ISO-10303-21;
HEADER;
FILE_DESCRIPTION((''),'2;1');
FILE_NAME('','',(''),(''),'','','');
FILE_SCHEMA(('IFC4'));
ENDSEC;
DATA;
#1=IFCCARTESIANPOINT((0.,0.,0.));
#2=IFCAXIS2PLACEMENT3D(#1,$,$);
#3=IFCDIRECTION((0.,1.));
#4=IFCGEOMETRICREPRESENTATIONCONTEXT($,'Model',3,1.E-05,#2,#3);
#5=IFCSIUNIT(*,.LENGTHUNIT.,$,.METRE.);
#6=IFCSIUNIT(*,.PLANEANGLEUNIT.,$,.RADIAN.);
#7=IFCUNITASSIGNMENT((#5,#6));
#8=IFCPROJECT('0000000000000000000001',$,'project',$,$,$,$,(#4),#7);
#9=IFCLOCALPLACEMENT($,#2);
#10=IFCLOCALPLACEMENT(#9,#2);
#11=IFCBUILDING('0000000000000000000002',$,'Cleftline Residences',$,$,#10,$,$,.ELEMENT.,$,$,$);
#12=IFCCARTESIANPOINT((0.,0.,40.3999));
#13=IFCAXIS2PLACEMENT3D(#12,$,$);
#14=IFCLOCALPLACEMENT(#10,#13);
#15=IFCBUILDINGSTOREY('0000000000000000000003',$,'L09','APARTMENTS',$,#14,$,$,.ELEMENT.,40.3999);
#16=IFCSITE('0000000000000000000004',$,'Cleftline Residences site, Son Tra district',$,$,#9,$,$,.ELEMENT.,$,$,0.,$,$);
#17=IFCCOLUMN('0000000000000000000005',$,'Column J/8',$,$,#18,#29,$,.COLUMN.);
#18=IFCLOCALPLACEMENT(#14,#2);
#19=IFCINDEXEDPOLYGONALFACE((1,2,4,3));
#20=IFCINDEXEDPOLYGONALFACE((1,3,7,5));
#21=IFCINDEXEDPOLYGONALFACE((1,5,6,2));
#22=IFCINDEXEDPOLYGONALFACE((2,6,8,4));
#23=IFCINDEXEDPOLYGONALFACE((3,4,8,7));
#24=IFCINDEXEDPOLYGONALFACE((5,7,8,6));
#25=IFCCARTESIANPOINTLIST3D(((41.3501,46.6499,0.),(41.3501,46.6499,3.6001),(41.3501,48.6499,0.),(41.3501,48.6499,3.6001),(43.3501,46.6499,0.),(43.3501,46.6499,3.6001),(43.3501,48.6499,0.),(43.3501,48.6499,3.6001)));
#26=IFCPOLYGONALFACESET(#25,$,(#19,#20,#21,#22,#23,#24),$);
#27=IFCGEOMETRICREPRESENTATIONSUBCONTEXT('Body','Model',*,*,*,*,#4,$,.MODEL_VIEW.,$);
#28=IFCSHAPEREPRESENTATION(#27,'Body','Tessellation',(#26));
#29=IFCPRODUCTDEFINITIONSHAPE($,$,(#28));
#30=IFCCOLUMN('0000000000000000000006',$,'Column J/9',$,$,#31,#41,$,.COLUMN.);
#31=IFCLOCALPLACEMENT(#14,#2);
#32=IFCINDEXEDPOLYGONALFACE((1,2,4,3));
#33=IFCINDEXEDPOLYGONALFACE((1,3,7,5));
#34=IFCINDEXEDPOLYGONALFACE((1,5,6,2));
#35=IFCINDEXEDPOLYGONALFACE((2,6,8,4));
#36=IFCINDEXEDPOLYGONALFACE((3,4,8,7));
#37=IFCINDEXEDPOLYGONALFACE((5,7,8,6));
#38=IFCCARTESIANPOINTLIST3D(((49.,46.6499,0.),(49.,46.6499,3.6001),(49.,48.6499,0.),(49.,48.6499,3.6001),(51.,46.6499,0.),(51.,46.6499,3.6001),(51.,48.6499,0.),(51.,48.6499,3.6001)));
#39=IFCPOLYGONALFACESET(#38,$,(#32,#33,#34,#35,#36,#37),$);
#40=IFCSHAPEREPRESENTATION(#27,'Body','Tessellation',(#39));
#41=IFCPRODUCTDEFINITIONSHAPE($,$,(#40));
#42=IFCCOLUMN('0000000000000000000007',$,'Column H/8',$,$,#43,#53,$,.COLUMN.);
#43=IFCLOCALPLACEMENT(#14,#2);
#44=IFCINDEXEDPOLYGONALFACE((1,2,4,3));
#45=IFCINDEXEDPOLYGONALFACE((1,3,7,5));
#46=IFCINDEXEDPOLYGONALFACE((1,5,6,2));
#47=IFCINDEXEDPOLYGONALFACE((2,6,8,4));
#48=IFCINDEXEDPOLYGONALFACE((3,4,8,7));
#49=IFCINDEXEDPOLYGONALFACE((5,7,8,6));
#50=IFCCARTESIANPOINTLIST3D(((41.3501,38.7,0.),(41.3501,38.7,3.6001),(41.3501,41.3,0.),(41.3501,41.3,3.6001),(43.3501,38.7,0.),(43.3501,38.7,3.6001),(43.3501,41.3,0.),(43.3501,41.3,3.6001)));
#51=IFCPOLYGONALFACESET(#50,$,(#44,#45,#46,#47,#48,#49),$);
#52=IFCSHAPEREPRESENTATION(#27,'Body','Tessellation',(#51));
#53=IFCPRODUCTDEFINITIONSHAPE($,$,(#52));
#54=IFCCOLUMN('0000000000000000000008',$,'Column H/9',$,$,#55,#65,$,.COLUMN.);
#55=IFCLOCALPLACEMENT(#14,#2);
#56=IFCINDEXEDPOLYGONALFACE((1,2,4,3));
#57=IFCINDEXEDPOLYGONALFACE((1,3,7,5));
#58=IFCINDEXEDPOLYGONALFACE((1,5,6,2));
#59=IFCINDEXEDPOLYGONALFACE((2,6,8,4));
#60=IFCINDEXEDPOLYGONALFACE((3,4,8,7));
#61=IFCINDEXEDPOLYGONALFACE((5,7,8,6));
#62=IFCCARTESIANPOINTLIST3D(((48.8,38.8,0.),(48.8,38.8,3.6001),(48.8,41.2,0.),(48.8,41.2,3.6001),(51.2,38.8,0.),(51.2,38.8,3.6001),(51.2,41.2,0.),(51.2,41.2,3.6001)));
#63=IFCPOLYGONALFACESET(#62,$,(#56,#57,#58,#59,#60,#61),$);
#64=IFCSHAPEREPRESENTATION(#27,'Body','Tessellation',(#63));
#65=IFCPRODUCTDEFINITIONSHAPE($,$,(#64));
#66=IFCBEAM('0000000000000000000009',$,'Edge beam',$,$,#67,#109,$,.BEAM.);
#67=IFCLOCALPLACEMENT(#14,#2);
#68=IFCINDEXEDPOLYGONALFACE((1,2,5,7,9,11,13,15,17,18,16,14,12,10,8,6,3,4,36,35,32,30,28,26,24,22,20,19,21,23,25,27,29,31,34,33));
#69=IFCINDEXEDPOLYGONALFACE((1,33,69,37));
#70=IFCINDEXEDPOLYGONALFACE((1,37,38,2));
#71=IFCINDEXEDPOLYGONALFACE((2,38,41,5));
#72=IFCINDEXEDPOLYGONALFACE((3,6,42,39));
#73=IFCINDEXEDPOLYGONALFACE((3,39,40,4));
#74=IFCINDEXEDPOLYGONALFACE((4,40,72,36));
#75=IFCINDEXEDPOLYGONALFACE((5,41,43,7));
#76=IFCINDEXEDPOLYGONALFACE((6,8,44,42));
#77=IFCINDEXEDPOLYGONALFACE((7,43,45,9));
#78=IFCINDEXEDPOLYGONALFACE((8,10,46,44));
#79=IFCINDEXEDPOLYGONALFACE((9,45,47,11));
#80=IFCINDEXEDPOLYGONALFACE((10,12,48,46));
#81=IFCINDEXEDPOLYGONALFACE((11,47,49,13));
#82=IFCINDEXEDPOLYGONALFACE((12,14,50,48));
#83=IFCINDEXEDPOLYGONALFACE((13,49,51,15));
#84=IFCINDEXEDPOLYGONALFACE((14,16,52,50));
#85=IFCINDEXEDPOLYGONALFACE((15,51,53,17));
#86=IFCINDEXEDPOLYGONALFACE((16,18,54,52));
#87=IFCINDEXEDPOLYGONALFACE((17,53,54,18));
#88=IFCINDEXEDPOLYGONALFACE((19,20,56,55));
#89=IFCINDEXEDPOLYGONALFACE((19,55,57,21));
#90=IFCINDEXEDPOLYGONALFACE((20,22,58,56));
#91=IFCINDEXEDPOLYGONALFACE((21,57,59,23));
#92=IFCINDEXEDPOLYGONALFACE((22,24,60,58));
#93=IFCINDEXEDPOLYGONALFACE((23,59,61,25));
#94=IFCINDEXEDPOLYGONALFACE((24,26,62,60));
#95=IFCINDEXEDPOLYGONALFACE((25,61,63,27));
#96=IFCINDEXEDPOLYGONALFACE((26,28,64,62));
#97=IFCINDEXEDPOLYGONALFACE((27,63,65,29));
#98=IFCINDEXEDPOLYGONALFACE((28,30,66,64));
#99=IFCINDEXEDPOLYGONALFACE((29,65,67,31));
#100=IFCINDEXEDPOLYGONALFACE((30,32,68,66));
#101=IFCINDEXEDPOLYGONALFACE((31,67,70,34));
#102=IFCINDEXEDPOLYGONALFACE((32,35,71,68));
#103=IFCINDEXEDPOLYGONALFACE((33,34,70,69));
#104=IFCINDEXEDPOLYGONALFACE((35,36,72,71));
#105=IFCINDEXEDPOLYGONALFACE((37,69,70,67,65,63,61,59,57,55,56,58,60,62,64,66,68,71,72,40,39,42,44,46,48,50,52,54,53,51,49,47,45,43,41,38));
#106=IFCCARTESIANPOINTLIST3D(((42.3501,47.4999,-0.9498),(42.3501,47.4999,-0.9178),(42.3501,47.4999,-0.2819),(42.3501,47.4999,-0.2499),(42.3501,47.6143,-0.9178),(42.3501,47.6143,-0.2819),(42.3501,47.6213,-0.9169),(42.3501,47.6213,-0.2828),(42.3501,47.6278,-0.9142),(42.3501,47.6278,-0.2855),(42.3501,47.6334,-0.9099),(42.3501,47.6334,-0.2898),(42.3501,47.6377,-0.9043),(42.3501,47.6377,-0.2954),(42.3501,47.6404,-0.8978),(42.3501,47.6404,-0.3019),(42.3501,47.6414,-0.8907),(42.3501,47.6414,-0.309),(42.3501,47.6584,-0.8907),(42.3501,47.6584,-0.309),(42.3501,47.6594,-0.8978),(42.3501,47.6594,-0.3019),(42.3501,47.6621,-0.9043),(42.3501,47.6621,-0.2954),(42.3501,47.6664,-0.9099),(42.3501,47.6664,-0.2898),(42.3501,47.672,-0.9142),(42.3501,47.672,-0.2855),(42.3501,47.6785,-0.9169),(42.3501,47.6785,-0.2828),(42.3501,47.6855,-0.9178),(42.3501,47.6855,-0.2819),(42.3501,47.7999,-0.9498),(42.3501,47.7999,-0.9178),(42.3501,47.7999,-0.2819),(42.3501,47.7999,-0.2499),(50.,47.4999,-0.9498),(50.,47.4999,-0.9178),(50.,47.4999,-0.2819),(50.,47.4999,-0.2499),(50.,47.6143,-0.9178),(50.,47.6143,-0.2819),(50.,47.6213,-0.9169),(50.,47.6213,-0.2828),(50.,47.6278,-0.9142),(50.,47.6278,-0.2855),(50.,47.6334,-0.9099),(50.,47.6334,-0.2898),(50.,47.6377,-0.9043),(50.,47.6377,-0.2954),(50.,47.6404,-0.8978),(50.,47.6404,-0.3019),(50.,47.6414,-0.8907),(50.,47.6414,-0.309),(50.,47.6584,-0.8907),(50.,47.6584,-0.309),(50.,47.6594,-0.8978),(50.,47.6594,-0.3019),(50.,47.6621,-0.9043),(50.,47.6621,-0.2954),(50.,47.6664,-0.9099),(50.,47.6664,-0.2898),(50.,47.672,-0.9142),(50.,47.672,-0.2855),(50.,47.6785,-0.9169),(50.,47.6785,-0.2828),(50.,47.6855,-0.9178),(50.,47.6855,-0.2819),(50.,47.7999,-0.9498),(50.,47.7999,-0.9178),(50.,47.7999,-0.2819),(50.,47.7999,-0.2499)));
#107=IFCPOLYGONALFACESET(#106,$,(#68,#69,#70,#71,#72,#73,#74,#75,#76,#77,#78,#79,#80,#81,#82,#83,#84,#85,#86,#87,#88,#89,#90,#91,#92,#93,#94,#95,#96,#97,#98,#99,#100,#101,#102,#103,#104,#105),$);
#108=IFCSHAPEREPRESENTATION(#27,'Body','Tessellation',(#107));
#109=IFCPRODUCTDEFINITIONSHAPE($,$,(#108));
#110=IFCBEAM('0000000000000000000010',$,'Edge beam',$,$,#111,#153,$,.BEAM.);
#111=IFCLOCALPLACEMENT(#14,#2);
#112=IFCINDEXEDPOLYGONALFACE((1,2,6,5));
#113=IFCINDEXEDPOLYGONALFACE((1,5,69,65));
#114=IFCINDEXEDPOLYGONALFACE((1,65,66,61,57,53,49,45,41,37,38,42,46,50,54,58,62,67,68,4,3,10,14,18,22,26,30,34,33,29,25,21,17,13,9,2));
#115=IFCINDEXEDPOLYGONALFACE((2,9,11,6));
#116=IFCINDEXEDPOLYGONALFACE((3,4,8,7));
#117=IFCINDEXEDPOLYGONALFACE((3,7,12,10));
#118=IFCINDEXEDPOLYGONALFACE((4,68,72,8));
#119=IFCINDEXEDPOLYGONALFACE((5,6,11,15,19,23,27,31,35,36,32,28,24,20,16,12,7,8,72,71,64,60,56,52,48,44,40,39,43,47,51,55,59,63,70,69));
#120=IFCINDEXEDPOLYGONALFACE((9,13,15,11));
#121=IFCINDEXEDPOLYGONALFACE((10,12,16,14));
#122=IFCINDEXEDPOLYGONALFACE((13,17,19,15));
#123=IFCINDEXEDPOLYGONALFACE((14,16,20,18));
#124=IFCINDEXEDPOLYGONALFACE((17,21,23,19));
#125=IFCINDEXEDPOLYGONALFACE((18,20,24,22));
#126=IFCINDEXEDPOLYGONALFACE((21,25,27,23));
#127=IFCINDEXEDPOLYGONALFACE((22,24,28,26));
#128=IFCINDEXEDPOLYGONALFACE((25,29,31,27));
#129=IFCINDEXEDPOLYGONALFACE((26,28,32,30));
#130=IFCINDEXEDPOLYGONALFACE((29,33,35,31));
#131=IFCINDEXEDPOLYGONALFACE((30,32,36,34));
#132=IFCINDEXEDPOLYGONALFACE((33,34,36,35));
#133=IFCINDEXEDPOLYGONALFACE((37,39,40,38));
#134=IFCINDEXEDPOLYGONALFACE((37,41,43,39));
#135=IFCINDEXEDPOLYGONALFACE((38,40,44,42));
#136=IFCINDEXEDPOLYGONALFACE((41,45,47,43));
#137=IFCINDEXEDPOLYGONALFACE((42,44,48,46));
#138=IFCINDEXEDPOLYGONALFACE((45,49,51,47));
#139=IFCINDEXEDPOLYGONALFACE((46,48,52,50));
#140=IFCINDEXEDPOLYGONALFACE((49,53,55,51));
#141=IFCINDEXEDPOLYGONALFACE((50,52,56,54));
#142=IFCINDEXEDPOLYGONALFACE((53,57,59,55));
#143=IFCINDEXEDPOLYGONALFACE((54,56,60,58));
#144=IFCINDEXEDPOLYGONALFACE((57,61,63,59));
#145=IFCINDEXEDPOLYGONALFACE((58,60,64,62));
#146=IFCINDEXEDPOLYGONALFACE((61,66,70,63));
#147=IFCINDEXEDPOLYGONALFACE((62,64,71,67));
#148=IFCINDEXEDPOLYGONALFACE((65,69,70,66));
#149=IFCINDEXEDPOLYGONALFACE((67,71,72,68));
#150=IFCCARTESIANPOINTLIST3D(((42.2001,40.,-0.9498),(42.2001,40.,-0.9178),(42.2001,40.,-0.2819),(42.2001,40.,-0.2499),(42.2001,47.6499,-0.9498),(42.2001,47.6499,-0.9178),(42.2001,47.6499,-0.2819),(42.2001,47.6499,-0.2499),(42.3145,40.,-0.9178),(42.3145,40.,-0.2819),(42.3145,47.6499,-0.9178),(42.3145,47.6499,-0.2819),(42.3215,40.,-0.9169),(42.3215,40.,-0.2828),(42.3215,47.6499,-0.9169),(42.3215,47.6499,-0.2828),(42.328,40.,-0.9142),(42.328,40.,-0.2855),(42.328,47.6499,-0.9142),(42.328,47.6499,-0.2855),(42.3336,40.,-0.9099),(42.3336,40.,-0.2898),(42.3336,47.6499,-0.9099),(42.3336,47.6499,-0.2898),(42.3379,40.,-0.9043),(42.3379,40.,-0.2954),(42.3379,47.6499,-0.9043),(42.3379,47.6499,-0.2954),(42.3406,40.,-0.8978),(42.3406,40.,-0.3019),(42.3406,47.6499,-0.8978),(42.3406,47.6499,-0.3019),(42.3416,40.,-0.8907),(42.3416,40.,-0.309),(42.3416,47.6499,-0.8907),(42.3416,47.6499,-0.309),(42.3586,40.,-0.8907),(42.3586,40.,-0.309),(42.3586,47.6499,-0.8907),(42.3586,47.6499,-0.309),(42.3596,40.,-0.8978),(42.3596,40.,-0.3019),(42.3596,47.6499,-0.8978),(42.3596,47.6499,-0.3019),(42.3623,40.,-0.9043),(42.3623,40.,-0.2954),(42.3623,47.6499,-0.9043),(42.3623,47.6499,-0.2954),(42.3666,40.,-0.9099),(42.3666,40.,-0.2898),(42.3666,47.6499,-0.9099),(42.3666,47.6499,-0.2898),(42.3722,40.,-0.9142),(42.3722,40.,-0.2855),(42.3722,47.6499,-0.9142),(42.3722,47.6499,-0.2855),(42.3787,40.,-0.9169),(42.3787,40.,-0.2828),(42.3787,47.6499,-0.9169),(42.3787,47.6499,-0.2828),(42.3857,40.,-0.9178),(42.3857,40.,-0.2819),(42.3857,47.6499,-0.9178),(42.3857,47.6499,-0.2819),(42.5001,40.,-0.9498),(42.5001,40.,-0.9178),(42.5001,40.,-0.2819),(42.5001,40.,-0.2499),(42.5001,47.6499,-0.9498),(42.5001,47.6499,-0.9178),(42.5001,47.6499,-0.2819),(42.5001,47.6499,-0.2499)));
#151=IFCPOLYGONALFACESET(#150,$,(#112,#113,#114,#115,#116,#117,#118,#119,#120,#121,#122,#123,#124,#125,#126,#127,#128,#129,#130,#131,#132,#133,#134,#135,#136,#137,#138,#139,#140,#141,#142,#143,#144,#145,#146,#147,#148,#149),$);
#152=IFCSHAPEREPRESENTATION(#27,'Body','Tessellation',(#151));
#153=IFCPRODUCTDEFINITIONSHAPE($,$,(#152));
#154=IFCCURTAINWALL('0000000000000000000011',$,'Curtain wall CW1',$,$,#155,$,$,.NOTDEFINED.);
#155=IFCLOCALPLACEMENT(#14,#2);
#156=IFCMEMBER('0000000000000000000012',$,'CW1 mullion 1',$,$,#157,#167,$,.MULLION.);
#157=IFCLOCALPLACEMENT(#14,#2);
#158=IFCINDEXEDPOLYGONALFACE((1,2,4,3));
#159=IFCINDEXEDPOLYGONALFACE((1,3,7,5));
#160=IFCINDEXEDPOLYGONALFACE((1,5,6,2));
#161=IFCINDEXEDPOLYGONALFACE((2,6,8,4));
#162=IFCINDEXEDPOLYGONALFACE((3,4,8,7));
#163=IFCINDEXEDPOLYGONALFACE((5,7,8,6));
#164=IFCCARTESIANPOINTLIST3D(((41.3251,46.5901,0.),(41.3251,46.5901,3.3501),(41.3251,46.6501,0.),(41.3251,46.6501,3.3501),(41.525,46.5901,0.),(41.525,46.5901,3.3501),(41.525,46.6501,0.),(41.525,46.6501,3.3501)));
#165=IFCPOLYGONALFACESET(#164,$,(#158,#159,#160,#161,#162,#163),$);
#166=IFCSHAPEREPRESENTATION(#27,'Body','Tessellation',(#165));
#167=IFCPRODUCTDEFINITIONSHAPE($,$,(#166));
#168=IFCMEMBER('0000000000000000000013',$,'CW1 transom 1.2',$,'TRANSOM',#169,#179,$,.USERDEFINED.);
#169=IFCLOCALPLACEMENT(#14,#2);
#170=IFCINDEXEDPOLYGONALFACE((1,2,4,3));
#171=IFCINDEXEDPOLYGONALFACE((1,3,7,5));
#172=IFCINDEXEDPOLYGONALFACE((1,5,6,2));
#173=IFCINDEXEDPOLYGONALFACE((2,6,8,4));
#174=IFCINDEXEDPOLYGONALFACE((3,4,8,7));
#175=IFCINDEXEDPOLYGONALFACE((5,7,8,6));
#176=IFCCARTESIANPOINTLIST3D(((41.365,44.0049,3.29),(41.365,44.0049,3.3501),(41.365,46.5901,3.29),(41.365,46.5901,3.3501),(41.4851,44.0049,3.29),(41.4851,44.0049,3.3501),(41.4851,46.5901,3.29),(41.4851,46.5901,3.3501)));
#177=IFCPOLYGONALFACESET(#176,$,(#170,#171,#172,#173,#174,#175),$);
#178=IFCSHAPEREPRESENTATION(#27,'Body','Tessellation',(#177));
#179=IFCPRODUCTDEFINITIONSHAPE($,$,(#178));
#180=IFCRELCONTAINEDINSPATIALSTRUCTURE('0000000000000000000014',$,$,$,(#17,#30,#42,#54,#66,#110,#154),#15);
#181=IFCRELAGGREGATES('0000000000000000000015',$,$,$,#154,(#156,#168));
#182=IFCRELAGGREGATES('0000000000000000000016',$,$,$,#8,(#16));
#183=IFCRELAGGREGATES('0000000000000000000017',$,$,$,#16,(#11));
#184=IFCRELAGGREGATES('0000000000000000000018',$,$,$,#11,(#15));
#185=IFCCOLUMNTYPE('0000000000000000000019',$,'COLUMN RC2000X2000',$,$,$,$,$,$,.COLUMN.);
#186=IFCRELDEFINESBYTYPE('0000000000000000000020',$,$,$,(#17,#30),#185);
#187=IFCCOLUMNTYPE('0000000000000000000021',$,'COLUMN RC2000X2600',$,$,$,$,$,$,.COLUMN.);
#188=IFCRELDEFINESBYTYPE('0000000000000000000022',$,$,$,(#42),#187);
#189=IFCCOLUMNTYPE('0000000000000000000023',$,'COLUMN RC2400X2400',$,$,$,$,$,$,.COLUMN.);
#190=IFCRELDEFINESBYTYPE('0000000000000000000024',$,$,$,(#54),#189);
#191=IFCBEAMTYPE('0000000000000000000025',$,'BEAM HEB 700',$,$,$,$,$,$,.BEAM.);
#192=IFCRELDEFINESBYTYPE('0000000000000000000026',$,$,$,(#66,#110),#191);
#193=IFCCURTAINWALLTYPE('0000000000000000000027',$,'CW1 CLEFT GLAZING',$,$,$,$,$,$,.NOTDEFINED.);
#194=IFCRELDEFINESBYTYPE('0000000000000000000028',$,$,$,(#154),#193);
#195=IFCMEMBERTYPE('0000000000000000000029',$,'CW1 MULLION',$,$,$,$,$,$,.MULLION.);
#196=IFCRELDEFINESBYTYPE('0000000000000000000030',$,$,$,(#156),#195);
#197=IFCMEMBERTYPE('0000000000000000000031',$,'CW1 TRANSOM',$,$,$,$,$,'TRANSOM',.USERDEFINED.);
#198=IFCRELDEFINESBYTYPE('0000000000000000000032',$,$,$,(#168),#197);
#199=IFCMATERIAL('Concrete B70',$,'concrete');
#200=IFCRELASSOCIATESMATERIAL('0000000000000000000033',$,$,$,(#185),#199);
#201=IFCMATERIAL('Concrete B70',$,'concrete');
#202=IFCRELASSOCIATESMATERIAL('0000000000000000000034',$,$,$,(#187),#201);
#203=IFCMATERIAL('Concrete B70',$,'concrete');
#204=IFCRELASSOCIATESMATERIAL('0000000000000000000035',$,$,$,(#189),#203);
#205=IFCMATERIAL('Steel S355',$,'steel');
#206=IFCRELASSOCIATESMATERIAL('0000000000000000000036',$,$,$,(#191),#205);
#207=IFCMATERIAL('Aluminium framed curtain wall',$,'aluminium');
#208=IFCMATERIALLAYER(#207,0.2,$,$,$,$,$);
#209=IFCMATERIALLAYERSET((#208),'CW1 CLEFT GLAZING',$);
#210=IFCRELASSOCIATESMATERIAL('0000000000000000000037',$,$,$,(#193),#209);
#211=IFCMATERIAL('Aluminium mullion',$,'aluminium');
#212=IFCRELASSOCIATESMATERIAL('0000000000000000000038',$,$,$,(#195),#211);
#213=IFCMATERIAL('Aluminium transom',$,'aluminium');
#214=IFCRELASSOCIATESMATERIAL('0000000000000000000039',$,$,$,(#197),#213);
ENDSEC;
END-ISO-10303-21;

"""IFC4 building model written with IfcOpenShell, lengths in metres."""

from ifc_helpers import new_model, si_unit, direction, frame, origin, origin_2d, place, context, subcontext, project, spatial, rectangle, i_section, extrude, material, layer, layer_set, material_profile, profile_set, type_object, element, aggregate, save


model = new_model("IFC4")

# Units and contexts
model_context = context("Model", 3, precision=1e-05, world=origin(), true_north=direction((0.0, 1.0)))
body_context = subcontext(model_context, "Body", "Model", "MODEL_VIEW")
ifc_project = project(units=[si_unit("LENGTHUNIT", "METRE"), si_unit("PLANEANGLEUNIT", "RADIAN")], contexts=[model_context])

# Site, building, storey
site_placement = place(None, origin())
site = spatial("IfcSite", under=ifc_project, at=site_placement, Name="Cleftline Residences site, Son Tra district", CompositionType="ELEMENT", RefElevation=0.0)
building_placement = place(site_placement, origin())
building = spatial("IfcBuilding", under=site, at=building_placement, Name="Cleftline Residences", CompositionType="ELEMENT")
storey_placement = place(building_placement, frame((0.0, 0.0, 40.3999)))
storey = spatial("IfcBuildingStorey", under=building, at=storey_placement, Name="L09", Description="APARTMENTS", CompositionType="ELEMENT", Elevation=40.3999)

# Columns
ifc_material_1 = material(Name="Concrete B70", Category="concrete")
ifc_material_profile_1 = material_profile(ifc_material_1, rectangle(XDim=2.0, YDim=2.0, at=origin_2d()))
ifc_profile_set_1 = profile_set([ifc_material_profile_1], Name="Concrete B70")
column_type_1 = type_object("IfcColumnType", Name="COLUMN RC2000X2000", PredefinedType="COLUMN", material=ifc_profile_set_1)
for number, where, z_axis, x_axis, name in (
    (1, (42.3501, 47.6499, 0.0), (0.0, 0.0, 1.0), (1.0, 0.0, 0.0), "Column J/8"),
    (2, (50.0, 47.6499, 0.0), (0.0, 0.0, 1.0), (1.0, 0.0, 0.0), "Column J/9"),
):
    element("IfcColumn", number, at=place(storey_placement, frame(where, z_axis=z_axis, x_axis=x_axis)), inside=storey, type_object=column_type_1, Name=name, PredefinedType="COLUMN", context=body_context, shape_type="SweptSolid", body=[
        extrude(rectangle(XDim=2.0, YDim=2.0, at=origin_2d()), origin(), (0.0, 0.0, 1.0), 3.6001),
    ])
ifc_material_2 = material(Name="Concrete B70", Category="concrete")
ifc_material_profile_2 = material_profile(ifc_material_2, rectangle(XDim=2.0, YDim=2.6001, at=origin_2d()))
ifc_profile_set_2 = profile_set([ifc_material_profile_2], Name="Concrete B70")
column_type_2 = type_object("IfcColumnType", Name="COLUMN RC2000X2600", PredefinedType="COLUMN", material=ifc_profile_set_2)
column_1_placement = place(storey_placement, frame((42.3501, 40.0, 0.0), z_axis=(0.0, 0.0, 1.0), x_axis=(1.0, 0.0, 0.0)))
element("IfcColumn", 3, at=column_1_placement, inside=storey, type_object=column_type_2, Name="Column H/8", PredefinedType="COLUMN", context=body_context, shape_type="SweptSolid", body=[
    extrude(rectangle(XDim=2.0, YDim=2.6001, at=origin_2d()), origin(), (0.0, 0.0, 1.0), 3.6001),
])
ifc_material_3 = material(Name="Concrete B70", Category="concrete")
ifc_material_profile_3 = material_profile(ifc_material_3, rectangle(XDim=2.3999, YDim=2.3999, at=origin_2d()))
ifc_profile_set_3 = profile_set([ifc_material_profile_3], Name="Concrete B70")
column_type_3 = type_object("IfcColumnType", Name="COLUMN RC2400X2400", PredefinedType="COLUMN", material=ifc_profile_set_3)
column_2_placement = place(storey_placement, frame((50.0, 40.0, 0.0), z_axis=(0.0, 0.0, 1.0), x_axis=(1.0, 0.0, 0.0)))
element("IfcColumn", 4, at=column_2_placement, inside=storey, type_object=column_type_3, Name="Column H/9", PredefinedType="COLUMN", context=body_context, shape_type="SweptSolid", body=[
    extrude(rectangle(XDim=2.3999, YDim=2.3999, at=origin_2d()), origin(), (0.0, 0.0, 1.0), 3.6001),
])

# Beams
ifc_material_4 = material(Name="Steel S355", Category="steel")
ifc_material_profile_4 = material_profile(ifc_material_4, i_section(OverallWidth=0.3, OverallDepth=0.7, WebThickness=0.0171, FlangeThickness=0.032, FilletRadius=0.0271, at=origin_2d()))
ifc_profile_set_4 = profile_set([ifc_material_profile_4], Name="Steel S355")
beam_type = type_object("IfcBeamType", Name="BEAM HEB 700", PredefinedType="BEAM", material=ifc_profile_set_4)
for number, where, z_axis, x_axis, name in (
    (5, (50.0, 47.6499, -0.5999), (-1.0, 0.0, 0.0), (0.0, -1.0, 0.0), "Edge beam"),
    (6, (42.3501, 47.6499, -0.5999), (0.0, -1.0, 0.0), (1.0, 0.0, 0.0), "Edge beam"),
):
    element("IfcBeam", number, at=place(storey_placement, frame(where, z_axis=z_axis, x_axis=x_axis)), inside=storey, type_object=beam_type, Name=name, PredefinedType="BEAM", context=body_context, shape_type="SweptSolid", body=[
        extrude(i_section(OverallWidth=0.3, OverallDepth=0.7, WebThickness=0.0171, FlangeThickness=0.032, FilletRadius=0.0271, at=origin_2d()), origin(), (0.0, 0.0, 1.0), 7.6499),
    ])

# Curtain wall, members
ifc_material_5 = material(Name="Aluminium framed curtain wall", Category="aluminium")
ifc_layer_1 = layer(ifc_material_5, 0.2)
ifc_layer_set_1 = layer_set([ifc_layer_1], Name="CW1 CLEFT GLAZING")
curtain_wall_type = type_object("IfcCurtainWallType", Name="CW1 CLEFT GLAZING", PredefinedType="NOTDEFINED", material=ifc_layer_set_1)
curtain_wall_placement = place(storey_placement, origin())
curtain_wall = element("IfcCurtainWall", 7, at=curtain_wall_placement, inside=storey, type_object=curtain_wall_type, Name="Curtain wall CW1", PredefinedType="NOTDEFINED")
ifc_material_6 = material(Name="Aluminium mullion", Category="aluminium")
ifc_material_profile_5 = material_profile(ifc_material_6, rectangle(XDim=0.2, YDim=0.0601, at=origin_2d()))
ifc_profile_set_5 = profile_set([ifc_material_profile_5], Name="Aluminium mullion")
member_type_1 = type_object("IfcMemberType", Name="CW1 MULLION", PredefinedType="MULLION", material=ifc_profile_set_5)
member_1_placement = place(storey_placement, frame((41.425, 46.6201, 0.0), z_axis=(0.0, 0.0, 1.0), x_axis=(1.0, 0.0, 0.0)))
member_1 = element("IfcMember", 8, at=member_1_placement, type_object=member_type_1, Name="CW1 mullion 1", PredefinedType="MULLION", context=body_context, shape_type="SweptSolid", body=[
    extrude(rectangle(XDim=0.2, YDim=0.0601, at=origin_2d()), origin(), (0.0, 0.0, 1.0), 3.3501),
])
ifc_material_7 = material(Name="Aluminium transom", Category="aluminium")
ifc_material_profile_6 = material_profile(ifc_material_7, rectangle(XDim=0.1201, YDim=0.0601, at=origin_2d()))
ifc_profile_set_6 = profile_set([ifc_material_profile_6], Name="Aluminium transom")
member_type_2 = type_object("IfcMemberType", Name="CW1 TRANSOM", ElementType="TRANSOM", PredefinedType="USERDEFINED", material=ifc_profile_set_6)
member_2_placement = place(storey_placement, frame((41.425, 46.5901, 3.3201), z_axis=(0.0, -1.0, 0.0), x_axis=(1.0, 0.0, 0.0)))
member_2 = element("IfcMember", 9, at=member_2_placement, type_object=member_type_2, Name="CW1 transom 1.2", ObjectType="TRANSOM", PredefinedType="USERDEFINED", context=body_context, shape_type="SweptSolid", body=[
    extrude(rectangle(XDim=0.1201, YDim=0.0601, at=origin_2d()), origin(), (0.0, 0.0, 1.0), 2.5852),
])
aggregate(curtain_wall, [member_1, member_2])

save(model, "model.ifc")
